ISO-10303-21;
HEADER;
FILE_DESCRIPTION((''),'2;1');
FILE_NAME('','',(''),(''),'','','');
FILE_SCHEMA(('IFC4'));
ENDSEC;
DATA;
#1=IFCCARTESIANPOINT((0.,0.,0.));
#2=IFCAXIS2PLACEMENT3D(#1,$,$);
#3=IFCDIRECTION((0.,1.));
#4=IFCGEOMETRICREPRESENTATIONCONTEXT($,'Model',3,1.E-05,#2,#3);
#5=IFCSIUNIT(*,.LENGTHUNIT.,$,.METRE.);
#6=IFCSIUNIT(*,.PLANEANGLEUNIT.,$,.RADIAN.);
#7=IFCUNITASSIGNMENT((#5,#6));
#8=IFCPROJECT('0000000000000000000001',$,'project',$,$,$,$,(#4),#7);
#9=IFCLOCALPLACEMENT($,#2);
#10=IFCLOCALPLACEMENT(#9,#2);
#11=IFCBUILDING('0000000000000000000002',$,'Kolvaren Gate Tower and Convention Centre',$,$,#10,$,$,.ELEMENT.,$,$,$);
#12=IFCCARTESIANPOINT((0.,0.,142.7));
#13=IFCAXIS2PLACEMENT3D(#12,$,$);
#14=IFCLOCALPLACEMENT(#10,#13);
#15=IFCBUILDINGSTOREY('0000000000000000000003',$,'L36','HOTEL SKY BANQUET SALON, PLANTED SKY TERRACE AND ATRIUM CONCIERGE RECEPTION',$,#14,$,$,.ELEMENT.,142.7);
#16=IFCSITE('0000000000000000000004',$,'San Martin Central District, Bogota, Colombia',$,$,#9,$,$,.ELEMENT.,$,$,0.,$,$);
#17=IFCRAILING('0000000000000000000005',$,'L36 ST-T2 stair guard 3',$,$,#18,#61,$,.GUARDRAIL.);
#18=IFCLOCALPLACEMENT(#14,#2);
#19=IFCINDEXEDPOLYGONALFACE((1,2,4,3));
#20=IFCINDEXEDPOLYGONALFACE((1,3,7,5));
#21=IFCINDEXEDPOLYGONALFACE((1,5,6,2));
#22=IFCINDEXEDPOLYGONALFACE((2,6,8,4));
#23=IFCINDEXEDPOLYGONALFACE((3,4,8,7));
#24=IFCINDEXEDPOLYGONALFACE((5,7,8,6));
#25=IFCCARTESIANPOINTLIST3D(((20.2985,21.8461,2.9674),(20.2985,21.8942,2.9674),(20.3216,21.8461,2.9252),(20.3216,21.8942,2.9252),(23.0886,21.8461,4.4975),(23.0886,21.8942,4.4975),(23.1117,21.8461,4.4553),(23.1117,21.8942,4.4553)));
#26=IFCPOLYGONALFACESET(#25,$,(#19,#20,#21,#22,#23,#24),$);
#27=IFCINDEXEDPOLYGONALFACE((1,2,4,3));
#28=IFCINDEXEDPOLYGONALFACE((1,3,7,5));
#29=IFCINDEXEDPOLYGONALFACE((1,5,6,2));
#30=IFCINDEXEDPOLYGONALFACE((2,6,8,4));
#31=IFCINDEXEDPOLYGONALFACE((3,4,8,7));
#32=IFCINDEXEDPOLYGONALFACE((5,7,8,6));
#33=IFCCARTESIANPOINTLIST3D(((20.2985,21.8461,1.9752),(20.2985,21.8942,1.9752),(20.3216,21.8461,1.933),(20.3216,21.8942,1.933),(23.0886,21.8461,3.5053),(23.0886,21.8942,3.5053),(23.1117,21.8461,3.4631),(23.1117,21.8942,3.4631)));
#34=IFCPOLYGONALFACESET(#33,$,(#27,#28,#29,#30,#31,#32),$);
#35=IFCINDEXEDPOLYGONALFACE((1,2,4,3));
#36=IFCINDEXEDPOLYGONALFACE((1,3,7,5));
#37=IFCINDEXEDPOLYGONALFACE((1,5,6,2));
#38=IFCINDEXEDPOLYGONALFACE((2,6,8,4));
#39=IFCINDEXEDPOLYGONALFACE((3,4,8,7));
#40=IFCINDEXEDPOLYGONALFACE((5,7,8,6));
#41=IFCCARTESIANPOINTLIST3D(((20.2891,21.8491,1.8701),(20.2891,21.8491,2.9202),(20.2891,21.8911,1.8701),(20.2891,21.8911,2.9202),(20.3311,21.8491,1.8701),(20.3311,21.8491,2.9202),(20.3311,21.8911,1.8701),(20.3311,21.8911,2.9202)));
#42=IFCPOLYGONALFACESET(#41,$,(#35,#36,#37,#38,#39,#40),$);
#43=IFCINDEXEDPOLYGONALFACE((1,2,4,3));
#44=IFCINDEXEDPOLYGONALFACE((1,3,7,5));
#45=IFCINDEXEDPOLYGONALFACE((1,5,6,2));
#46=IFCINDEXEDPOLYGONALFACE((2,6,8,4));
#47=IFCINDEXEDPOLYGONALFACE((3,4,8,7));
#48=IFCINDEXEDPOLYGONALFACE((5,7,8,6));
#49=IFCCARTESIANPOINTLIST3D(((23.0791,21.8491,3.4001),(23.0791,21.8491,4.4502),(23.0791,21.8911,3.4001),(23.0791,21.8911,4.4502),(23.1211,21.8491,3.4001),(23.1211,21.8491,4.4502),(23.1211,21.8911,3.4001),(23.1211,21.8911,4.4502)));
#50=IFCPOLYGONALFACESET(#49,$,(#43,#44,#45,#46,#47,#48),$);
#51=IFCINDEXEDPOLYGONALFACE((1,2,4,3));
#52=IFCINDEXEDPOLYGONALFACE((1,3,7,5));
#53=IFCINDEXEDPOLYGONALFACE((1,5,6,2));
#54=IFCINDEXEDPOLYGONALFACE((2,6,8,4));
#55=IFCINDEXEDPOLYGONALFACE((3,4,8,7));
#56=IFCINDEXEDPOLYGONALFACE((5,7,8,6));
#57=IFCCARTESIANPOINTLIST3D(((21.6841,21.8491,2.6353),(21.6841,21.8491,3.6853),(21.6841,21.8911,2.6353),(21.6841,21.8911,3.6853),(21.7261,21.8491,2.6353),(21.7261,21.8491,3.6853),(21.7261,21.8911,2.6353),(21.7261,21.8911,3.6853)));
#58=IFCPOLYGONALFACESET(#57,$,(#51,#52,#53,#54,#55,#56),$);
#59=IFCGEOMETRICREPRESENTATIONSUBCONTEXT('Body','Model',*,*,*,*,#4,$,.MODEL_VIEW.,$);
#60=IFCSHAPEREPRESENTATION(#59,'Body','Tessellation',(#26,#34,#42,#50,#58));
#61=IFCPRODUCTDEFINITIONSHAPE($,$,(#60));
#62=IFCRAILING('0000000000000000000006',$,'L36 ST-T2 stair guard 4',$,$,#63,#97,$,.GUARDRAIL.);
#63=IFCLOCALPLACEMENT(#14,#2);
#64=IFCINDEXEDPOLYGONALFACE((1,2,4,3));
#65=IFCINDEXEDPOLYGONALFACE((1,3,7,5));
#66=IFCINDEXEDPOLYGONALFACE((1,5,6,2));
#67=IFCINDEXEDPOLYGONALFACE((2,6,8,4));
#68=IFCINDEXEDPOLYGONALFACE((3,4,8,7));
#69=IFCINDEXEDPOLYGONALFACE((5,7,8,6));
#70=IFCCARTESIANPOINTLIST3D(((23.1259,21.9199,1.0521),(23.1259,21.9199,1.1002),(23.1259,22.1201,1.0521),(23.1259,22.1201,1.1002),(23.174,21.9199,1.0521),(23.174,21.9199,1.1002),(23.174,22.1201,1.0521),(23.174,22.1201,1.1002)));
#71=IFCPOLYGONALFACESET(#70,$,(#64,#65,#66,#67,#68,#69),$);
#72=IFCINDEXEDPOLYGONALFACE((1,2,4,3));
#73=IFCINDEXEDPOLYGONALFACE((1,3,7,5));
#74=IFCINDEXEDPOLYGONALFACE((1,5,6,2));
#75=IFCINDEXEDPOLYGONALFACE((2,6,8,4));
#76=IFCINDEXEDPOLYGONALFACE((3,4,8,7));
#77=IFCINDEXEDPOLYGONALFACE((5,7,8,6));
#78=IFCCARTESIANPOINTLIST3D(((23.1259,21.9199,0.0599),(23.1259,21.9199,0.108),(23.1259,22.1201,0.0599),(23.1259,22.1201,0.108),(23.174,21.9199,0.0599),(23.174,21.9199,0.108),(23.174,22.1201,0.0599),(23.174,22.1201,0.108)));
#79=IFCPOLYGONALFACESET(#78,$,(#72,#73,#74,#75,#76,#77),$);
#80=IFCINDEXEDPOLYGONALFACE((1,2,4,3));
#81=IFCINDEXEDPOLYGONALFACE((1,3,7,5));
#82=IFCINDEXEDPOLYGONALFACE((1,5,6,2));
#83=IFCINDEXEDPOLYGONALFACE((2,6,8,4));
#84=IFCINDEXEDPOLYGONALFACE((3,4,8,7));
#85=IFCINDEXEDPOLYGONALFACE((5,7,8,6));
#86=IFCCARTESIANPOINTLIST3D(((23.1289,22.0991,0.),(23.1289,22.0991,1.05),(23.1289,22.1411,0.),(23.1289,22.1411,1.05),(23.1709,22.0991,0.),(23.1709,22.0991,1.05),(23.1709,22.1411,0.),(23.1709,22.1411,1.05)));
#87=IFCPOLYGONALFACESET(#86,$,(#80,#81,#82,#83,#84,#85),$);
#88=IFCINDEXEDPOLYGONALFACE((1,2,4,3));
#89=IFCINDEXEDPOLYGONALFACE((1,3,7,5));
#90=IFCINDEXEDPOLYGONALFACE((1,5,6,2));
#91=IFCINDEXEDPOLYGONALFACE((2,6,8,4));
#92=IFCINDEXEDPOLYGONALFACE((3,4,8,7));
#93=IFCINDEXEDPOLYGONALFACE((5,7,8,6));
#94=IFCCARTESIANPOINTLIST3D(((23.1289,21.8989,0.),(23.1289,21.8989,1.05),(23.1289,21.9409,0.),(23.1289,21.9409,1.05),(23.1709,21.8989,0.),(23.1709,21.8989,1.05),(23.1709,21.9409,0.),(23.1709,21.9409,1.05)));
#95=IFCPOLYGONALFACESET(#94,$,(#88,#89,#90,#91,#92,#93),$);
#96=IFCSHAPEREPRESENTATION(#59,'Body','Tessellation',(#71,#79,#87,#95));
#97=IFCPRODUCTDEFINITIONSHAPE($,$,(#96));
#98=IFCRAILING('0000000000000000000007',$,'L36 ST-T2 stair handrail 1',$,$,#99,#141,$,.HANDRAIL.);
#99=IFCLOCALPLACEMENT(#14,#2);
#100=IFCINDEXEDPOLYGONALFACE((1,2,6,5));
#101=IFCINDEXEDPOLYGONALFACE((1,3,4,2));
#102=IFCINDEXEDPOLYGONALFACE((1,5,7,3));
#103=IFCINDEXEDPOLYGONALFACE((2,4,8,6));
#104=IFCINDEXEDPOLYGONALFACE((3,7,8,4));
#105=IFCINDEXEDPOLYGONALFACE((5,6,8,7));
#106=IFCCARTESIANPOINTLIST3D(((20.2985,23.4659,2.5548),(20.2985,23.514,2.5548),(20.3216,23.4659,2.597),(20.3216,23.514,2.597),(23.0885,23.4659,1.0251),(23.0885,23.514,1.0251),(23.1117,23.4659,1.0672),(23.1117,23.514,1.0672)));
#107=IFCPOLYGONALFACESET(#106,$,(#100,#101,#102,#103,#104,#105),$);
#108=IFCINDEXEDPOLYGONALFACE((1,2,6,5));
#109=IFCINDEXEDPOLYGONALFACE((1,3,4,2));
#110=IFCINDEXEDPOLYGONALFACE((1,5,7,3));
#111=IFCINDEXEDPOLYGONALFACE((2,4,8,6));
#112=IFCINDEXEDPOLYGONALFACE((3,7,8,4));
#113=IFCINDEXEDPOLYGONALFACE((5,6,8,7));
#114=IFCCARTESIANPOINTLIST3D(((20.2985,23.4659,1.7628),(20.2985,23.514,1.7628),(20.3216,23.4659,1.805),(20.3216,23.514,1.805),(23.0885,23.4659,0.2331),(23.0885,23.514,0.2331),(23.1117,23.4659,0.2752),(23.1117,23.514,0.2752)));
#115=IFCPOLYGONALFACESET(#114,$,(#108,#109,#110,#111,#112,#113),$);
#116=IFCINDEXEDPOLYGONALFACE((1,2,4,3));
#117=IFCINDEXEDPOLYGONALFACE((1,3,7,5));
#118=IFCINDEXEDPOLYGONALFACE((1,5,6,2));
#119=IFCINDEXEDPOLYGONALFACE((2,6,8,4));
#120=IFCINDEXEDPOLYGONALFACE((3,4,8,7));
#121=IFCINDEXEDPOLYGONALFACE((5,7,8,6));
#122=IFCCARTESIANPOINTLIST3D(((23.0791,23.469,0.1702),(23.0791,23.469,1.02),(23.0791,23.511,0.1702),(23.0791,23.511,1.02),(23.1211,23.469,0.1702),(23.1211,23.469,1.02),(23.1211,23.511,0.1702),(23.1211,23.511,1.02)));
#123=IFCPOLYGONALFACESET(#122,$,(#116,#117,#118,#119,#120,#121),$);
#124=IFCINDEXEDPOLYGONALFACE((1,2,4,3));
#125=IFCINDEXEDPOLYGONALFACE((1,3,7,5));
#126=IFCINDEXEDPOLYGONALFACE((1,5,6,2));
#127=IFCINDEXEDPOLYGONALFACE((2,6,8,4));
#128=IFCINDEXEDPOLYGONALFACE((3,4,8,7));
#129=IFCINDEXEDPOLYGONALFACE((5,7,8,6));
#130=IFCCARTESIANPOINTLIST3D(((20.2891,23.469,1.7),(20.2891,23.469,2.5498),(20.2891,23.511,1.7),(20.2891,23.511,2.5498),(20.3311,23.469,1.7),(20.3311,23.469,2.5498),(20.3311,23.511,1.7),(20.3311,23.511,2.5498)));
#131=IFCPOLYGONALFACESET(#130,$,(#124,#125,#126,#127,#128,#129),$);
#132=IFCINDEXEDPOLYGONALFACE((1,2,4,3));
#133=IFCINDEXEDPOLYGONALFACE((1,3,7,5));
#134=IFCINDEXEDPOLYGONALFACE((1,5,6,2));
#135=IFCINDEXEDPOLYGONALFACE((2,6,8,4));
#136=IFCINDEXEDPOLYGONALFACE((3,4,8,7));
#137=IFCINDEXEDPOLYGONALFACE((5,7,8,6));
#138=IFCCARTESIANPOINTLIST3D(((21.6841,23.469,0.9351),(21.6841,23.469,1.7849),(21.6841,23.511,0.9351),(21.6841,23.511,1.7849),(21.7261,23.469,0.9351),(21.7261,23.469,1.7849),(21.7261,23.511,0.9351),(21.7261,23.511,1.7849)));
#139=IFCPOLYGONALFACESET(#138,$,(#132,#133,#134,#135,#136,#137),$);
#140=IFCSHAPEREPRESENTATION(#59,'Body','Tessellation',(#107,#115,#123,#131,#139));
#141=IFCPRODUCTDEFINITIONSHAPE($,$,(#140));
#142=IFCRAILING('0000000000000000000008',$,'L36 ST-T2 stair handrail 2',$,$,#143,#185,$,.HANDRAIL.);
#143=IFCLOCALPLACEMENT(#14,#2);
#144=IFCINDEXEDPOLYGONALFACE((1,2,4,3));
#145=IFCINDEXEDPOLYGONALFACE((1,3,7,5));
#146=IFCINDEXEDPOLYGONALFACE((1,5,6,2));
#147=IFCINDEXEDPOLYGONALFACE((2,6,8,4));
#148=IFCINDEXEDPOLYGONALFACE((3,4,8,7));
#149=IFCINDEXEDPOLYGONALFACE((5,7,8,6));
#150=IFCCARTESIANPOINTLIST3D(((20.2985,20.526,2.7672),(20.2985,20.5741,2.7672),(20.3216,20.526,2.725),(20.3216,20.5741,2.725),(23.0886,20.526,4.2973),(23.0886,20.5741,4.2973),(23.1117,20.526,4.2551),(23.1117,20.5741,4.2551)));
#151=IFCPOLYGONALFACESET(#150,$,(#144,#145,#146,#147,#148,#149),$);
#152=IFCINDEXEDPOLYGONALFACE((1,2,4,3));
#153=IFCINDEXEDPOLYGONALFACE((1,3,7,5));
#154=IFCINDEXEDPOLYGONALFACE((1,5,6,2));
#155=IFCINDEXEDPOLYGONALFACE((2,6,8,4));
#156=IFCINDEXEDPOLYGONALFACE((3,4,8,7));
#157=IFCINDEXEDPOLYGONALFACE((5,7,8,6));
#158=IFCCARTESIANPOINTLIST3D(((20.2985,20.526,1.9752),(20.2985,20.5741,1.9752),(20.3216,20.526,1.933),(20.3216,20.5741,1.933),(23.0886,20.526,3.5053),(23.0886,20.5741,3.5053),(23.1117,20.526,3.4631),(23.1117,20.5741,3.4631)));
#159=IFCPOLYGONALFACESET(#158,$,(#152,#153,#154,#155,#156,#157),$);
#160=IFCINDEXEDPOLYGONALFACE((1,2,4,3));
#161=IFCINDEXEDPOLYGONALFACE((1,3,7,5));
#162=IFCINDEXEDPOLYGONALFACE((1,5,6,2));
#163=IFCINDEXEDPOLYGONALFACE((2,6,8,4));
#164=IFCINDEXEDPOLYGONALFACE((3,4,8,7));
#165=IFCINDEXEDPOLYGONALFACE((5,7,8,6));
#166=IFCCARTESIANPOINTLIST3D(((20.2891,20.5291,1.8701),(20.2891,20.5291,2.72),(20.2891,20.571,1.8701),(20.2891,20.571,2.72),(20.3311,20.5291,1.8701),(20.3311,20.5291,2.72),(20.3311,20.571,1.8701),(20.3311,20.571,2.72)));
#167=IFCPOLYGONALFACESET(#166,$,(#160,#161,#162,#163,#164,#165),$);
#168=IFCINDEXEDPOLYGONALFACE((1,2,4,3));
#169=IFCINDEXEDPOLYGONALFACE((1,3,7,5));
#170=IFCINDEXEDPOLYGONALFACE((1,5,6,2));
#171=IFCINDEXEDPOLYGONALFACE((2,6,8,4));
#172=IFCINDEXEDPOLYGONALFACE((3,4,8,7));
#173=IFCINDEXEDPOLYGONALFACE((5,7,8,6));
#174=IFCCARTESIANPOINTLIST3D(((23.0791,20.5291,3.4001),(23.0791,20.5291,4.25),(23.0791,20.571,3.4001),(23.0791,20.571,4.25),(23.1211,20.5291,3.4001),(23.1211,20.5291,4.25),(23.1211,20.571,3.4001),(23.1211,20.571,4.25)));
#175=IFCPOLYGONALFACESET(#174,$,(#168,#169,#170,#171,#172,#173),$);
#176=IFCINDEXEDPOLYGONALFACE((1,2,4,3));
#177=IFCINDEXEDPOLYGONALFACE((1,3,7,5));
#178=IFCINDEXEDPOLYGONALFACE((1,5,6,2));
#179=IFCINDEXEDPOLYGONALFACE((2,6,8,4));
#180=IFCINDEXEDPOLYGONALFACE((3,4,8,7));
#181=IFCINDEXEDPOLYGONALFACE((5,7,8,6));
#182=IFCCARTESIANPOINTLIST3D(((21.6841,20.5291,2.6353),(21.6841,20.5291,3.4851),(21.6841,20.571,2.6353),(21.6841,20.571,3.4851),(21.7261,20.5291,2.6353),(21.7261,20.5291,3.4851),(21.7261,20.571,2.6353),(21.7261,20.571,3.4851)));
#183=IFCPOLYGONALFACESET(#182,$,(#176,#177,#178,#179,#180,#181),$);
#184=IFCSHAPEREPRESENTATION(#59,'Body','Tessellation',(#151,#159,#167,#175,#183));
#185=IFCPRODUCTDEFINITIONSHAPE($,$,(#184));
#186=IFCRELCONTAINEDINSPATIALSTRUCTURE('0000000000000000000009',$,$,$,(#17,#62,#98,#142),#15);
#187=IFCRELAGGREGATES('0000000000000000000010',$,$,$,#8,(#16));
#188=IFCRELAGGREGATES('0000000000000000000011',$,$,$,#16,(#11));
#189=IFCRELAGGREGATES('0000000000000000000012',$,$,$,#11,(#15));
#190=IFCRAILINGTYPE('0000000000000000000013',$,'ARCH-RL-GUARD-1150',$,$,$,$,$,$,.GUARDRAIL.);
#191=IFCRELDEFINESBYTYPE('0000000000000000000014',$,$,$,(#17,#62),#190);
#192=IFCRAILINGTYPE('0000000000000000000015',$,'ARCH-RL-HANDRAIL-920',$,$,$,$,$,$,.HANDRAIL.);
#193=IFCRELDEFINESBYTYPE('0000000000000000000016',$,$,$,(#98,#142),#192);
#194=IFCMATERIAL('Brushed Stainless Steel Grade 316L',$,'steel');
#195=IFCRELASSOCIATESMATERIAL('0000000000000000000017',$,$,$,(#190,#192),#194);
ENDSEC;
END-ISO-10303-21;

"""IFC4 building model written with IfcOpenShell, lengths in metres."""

from ifc_helpers import new_model, si_unit, direction, frame, origin, origin_2d, place, context, subcontext, project, spatial, rectangle, extrude, material, type_object, element, save


model = new_model("IFC4")

# Units and contexts
model_context = context("Model", 3, precision=1e-05, world=origin(), true_north=direction((0.0, 1.0)))
body_context = subcontext(model_context, "Body", "Model", "MODEL_VIEW")
ifc_project = project(units=[si_unit("LENGTHUNIT", "METRE"), si_unit("PLANEANGLEUNIT", "RADIAN")], contexts=[model_context])

# Site, building, storey
site_placement = place(None, origin())
site = spatial("IfcSite", under=ifc_project, at=site_placement, Name="San Martin Central District, Bogota, Colombia", CompositionType="ELEMENT", RefElevation=0.0)
building_placement = place(site_placement, origin())
building = spatial("IfcBuilding", under=site, at=building_placement, Name="Kolvaren Gate Tower and Convention Centre", CompositionType="ELEMENT")
storey_placement = place(building_placement, frame((0.0, 0.0, 142.7)))
storey = spatial("IfcBuildingStorey", under=building, at=storey_placement, Name="L36", Description="HOTEL SKY BANQUET SALON, PLANTED SKY TERRACE AND ATRIUM CONCIERGE RECEPTION", CompositionType="ELEMENT", Elevation=142.7)

# Shared definitions
ifc_material_1 = material(Name="Brushed Stainless Steel Grade 316L", Category="steel")

# Railings
railing_type_1 = type_object("IfcRailingType", Name="ARCH-RL-GUARD-1150", PredefinedType="GUARDRAIL", material=ifc_material_1)
railing_1_placement = place(storey_placement, frame((20.3101, 21.8701, 1.8701)))
element("IfcRailing", 1, at=railing_1_placement, inside=storey, type_object=railing_type_1, Name="L36 ST-T2 stair guard 3", PredefinedType="GUARDRAIL", context=body_context, shape_type="SweptSolid", body=[
    extrude(rectangle(XDim=0.0481, YDim=0.0481, at=origin_2d()), frame((0.0, 0.0, 1.0762), z_axis=(0.876811, 0.0, 0.480835), x_axis=(0.0, 1.0, 0.0)), (0.0, 0.0, 1.0), 3.1821),
    extrude(rectangle(XDim=0.0481, YDim=0.0481, at=origin_2d()), frame((0.0, 0.0, 0.084), z_axis=(0.876811, 0.0, 0.480835), x_axis=(0.0, 1.0, 0.0)), (0.0, 0.0, 1.0), 3.1821),
    extrude(rectangle(XDim=0.042, YDim=0.042, at=origin_2d()), origin(), (0.0, 0.0, 1.0), 1.05),
    extrude(rectangle(XDim=0.042, YDim=0.042, at=origin_2d()), frame((2.79, 0.0, 1.53)), (0.0, 0.0, 1.0), 1.05),
    extrude(rectangle(XDim=0.042, YDim=0.042, at=origin_2d()), frame((1.395, 0.0, 0.7651)), (0.0, 0.0, 1.0), 1.05),
])
railing_2_placement = place(storey_placement, frame((23.1499, 22.1201, 0.0)))
element("IfcRailing", 2, at=railing_2_placement, inside=storey, type_object=railing_type_1, Name="L36 ST-T2 stair guard 4", PredefinedType="GUARDRAIL", context=body_context, shape_type="SweptSolid", body=[
    extrude(rectangle(XDim=0.0481, YDim=0.0481, at=origin_2d()), frame((0.0, 0.0, 1.0762), z_axis=(0.0, -1.0, 0.0), x_axis=(1.0, 0.0, 0.0)), (0.0, 0.0, 1.0), 0.2002),
    extrude(rectangle(XDim=0.0481, YDim=0.0481, at=origin_2d()), frame((0.0, 0.0, 0.084), z_axis=(0.0, -1.0, 0.0), x_axis=(1.0, 0.0, 0.0)), (0.0, 0.0, 1.0), 0.2002),
    extrude(rectangle(XDim=0.042, YDim=0.042, at=origin_2d()), origin(), (0.0, 0.0, 1.0), 1.05),
    extrude(rectangle(XDim=0.042, YDim=0.042, at=origin_2d()), frame((0.0, -0.2002, 0.0)), (0.0, 0.0, 1.0), 1.05),
])
railing_type_2 = type_object("IfcRailingType", Name="ARCH-RL-HANDRAIL-920", PredefinedType="HANDRAIL", material=ifc_material_1)
railing_3_placement = place(storey_placement, frame((23.1001, 23.49, 0.1702)))
element("IfcRailing", 3, at=railing_3_placement, inside=storey, type_object=railing_type_2, Name="L36 ST-T2 stair handrail 1", PredefinedType="HANDRAIL", context=body_context, shape_type="SweptSolid", body=[
    extrude(rectangle(XDim=0.0481, YDim=0.0481, at=origin_2d()), frame((0.0, 0.0, 0.876), z_axis=(-0.876844, 0.0, 0.480776), x_axis=(0.0, -1.0, 0.0)), (0.0, 0.0, 1.0), 3.1819),
    extrude(rectangle(XDim=0.0481, YDim=0.0481, at=origin_2d()), frame((0.0, 0.0, 0.084), z_axis=(-0.876844, 0.0, 0.480776), x_axis=(0.0, -1.0, 0.0)), (0.0, 0.0, 1.0), 3.1819),
    extrude(rectangle(XDim=0.042, YDim=0.042, at=origin_2d()), origin(), (0.0, 0.0, 1.0), 0.8499),
    extrude(rectangle(XDim=0.042, YDim=0.042, at=origin_2d()), frame((-2.79, 0.0, 1.5298)), (0.0, 0.0, 1.0), 0.8499),
    extrude(rectangle(XDim=0.042, YDim=0.042, at=origin_2d()), frame((-1.395, 0.0, 0.7649)), (0.0, 0.0, 1.0), 0.8499),
])
railing_4_placement = place(storey_placement, frame((20.3101, 20.55, 1.8701)))
element("IfcRailing", 4, at=railing_4_placement, inside=storey, type_object=railing_type_2, Name="L36 ST-T2 stair handrail 2", PredefinedType="HANDRAIL", context=body_context, shape_type="SweptSolid", body=[
    extrude(rectangle(XDim=0.0481, YDim=0.0481, at=origin_2d()), frame((0.0, 0.0, 0.876), z_axis=(0.876811, 0.0, 0.480835), x_axis=(0.0, 1.0, 0.0)), (0.0, 0.0, 1.0), 3.1821),
    extrude(rectangle(XDim=0.0481, YDim=0.0481, at=origin_2d()), frame((0.0, 0.0, 0.084), z_axis=(0.876811, 0.0, 0.480835), x_axis=(0.0, 1.0, 0.0)), (0.0, 0.0, 1.0), 3.1821),
    extrude(rectangle(XDim=0.042, YDim=0.042, at=origin_2d()), origin(), (0.0, 0.0, 1.0), 0.8499),
    extrude(rectangle(XDim=0.042, YDim=0.042, at=origin_2d()), frame((2.79, 0.0, 1.53)), (0.0, 0.0, 1.0), 0.8499),
    extrude(rectangle(XDim=0.042, YDim=0.042, at=origin_2d()), frame((1.395, 0.0, 0.7651)), (0.0, 0.0, 1.0), 0.8499),
])

save(model, "model.ifc")
